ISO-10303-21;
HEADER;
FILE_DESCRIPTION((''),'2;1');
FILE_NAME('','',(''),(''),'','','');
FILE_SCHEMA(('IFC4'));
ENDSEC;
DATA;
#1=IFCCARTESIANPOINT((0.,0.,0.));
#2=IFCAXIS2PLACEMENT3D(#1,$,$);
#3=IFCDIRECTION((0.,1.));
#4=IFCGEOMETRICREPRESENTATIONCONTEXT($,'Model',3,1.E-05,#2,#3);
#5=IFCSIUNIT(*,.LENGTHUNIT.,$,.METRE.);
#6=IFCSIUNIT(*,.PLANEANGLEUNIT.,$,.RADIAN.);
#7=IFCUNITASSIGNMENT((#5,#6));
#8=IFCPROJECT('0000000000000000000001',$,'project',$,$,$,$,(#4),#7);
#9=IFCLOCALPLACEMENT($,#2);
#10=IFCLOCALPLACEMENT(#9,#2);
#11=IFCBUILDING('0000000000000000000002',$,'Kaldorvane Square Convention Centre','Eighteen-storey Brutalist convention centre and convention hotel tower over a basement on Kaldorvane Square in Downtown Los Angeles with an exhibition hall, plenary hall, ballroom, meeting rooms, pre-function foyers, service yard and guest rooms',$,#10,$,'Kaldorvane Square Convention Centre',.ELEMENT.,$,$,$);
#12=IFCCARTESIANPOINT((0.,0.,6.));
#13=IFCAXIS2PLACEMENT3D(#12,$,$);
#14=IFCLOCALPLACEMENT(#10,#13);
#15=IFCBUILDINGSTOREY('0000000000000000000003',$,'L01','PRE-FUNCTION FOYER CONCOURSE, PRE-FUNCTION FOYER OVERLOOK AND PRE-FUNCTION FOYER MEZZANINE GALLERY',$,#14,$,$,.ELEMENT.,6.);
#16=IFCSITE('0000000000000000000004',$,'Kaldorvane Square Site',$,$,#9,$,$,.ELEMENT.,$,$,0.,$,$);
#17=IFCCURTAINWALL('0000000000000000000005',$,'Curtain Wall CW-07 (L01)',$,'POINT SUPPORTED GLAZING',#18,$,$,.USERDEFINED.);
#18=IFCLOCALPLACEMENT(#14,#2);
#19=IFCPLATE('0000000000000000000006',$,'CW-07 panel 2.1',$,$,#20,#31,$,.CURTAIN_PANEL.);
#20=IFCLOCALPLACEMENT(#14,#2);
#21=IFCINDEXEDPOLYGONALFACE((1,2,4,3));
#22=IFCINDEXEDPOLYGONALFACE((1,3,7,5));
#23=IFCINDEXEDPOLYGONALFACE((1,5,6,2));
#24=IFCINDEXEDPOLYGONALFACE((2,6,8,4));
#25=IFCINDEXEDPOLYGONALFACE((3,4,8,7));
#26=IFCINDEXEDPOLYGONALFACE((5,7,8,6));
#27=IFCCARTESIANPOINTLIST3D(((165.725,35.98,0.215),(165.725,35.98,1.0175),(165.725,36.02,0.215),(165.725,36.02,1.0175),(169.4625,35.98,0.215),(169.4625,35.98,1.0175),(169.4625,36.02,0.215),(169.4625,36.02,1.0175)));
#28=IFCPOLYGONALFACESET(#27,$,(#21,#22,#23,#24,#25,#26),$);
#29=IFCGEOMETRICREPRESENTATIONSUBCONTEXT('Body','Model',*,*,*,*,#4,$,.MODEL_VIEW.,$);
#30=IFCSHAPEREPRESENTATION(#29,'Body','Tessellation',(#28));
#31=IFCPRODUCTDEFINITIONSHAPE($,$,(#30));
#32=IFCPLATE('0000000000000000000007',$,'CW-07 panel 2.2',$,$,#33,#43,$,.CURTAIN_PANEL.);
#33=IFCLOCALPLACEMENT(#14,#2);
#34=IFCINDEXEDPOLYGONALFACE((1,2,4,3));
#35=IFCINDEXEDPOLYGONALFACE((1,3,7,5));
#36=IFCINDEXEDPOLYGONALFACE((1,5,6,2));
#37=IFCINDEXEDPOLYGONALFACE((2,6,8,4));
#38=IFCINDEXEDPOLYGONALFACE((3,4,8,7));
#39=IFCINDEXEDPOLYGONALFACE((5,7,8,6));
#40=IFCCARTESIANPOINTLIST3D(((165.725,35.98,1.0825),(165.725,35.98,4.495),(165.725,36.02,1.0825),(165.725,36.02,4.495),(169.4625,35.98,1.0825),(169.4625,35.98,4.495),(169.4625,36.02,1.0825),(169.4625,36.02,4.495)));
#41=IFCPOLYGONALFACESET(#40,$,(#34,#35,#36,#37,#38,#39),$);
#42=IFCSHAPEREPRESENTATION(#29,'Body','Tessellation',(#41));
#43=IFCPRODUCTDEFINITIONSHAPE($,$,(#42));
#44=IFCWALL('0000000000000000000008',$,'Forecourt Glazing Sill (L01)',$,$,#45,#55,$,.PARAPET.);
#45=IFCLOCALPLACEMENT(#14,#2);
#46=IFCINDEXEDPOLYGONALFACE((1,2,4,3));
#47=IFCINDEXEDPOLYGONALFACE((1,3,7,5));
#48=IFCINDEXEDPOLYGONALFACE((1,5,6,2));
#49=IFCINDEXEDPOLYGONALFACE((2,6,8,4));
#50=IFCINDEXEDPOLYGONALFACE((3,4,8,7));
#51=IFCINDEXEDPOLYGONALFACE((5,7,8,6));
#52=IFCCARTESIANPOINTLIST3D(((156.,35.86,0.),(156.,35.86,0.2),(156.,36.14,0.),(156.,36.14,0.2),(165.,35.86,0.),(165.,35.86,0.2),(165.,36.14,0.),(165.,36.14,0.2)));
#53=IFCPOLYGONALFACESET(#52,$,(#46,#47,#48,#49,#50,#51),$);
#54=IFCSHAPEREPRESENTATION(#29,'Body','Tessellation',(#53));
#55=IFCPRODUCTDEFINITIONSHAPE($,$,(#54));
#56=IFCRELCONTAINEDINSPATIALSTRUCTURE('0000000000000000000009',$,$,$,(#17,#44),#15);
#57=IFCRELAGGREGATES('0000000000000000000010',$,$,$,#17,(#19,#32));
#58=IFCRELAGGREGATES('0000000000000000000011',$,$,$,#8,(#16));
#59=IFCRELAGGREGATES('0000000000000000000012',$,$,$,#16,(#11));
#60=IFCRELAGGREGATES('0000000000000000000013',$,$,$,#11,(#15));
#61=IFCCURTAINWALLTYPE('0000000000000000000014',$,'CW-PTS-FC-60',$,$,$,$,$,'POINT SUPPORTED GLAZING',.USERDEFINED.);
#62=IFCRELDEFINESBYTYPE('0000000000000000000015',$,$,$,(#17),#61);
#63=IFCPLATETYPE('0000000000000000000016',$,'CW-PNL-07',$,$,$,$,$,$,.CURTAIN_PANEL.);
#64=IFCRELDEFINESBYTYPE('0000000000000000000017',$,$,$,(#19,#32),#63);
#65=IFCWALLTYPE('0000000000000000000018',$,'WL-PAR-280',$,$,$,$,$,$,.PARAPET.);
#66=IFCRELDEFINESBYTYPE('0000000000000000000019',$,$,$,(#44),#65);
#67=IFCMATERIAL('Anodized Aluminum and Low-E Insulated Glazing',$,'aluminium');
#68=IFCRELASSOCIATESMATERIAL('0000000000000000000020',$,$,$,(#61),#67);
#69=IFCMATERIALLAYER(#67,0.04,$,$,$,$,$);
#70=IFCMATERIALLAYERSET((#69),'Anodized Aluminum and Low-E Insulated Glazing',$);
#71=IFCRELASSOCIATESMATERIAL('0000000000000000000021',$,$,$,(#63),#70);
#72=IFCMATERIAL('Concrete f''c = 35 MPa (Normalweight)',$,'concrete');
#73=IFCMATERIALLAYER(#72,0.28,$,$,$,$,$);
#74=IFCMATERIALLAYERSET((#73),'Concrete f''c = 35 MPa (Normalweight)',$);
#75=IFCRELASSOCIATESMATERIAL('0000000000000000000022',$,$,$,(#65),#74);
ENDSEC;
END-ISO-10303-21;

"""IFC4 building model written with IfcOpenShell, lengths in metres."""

from ifc_helpers import new_model, si_unit, direction, frame, frame_2d, origin, origin_2d, place, context, subcontext, project, spatial, rectangle, extrude, material, layer, layer_set, type_object, element, aggregate, save


model = new_model("IFC4")

# Units and contexts
model_context = context("Model", 3, precision=1e-05, world=origin(), true_north=direction((0.0, 1.0)))
body_context = subcontext(model_context, "Body", "Model", "MODEL_VIEW")
ifc_project = project(units=[si_unit("LENGTHUNIT", "METRE"), si_unit("PLANEANGLEUNIT", "RADIAN")], contexts=[model_context])

# Site, building, storey
site_placement = place(None, origin())
site = spatial("IfcSite", under=ifc_project, at=site_placement, Name="Kaldorvane Square Site", CompositionType="ELEMENT", RefElevation=0.0)
building_placement = place(site_placement, origin())
building = spatial("IfcBuilding", under=site, at=building_placement, Name="Kaldorvane Square Convention Centre", Description="Eighteen-storey Brutalist convention centre and convention hotel tower over a basement on Kaldorvane Square in Downtown Los Angeles with an exhibition hall, plenary hall, ballroom, meeting rooms, pre-function foyers, service yard and guest rooms", LongName="Kaldorvane Square Convention Centre", CompositionType="ELEMENT")
storey_placement = place(building_placement, frame((0.0, 0.0, 6.0)))
storey = spatial("IfcBuildingStorey", under=building, at=storey_placement, Name="L01", Description="PRE-FUNCTION FOYER CONCOURSE, PRE-FUNCTION FOYER OVERLOOK AND PRE-FUNCTION FOYER MEZZANINE GALLERY", CompositionType="ELEMENT", Elevation=6.0)

# Shared definitions
ifc_material_1 = material(Name="Anodized Aluminum and Low-E Insulated Glazing", Category="aluminium")
curtain_wall_type = type_object("IfcCurtainWallType", Name="CW-PTS-FC-60", ElementType="POINT SUPPORTED GLAZING", PredefinedType="USERDEFINED", material=ifc_material_1)

# Curtain wall
curtain_wall_1_placement = place(storey_placement, origin())
curtain_wall_1 = element("IfcCurtainWall", 1, at=curtain_wall_1_placement, inside=storey, type_object=curtain_wall_type, Name="Curtain Wall CW-07 (L01)", ObjectType="POINT SUPPORTED GLAZING", PredefinedType="USERDEFINED")

# Plates
ifc_layer_1 = layer(ifc_material_1, 0.04)
ifc_layer_set_1 = layer_set([ifc_layer_1], Name="Anodized Aluminum and Low-E Insulated Glazing")
plate_type = type_object("IfcPlateType", Name="CW-PNL-07", PredefinedType="CURTAIN_PANEL", material=ifc_layer_set_1)
plate_1_placement = place(storey_placement, frame((167.5938, 36.0, 0.215), z_axis=(0.0, 0.0, 1.0), x_axis=(-1.0, 0.0, 0.0)))
plate_1 = element("IfcPlate", 2, at=plate_1_placement, type_object=plate_type, Name="CW-07 panel 2.1", PredefinedType="CURTAIN_PANEL", context=body_context, shape_type="SweptSolid", body=[
    extrude(rectangle(XDim=3.7375, YDim=0.04, at=origin_2d()), origin(), (0.0, 0.0, 1.0), 0.8025),
])
plate_2_placement = place(storey_placement, frame((167.5938, 36.0, 1.0825), z_axis=(0.0, 0.0, 1.0), x_axis=(-1.0, 0.0, 0.0)))
plate_2 = element("IfcPlate", 3, at=plate_2_placement, type_object=plate_type, Name="CW-07 panel 2.2", PredefinedType="CURTAIN_PANEL", context=body_context, shape_type="SweptSolid", body=[
    extrude(rectangle(XDim=3.7375, YDim=0.04, at=origin_2d()), origin(), (0.0, 0.0, 1.0), 3.4125),
])
aggregate(curtain_wall_1, [plate_1, plate_2])

# Wall
ifc_material_2 = material(Name="Concrete f'c = 35 MPa (Normalweight)", Category="concrete")
ifc_layer_2 = layer(ifc_material_2, 0.28)
ifc_layer_set_2 = layer_set([ifc_layer_2], Name="Concrete f'c = 35 MPa (Normalweight)")
wall_type = type_object("IfcWallType", Name="WL-PAR-280", PredefinedType="PARAPET", material=ifc_layer_set_2)
wall_placement = place(storey_placement, frame((165.0, 36.0, 0.0), z_axis=(0.0, 0.0, 1.0), x_axis=(-1.0, 0.0, 0.0)))
element("IfcWall", 4, at=wall_placement, inside=storey, type_object=wall_type, Name="Forecourt Glazing Sill (L01)", PredefinedType="PARAPET", context=body_context, shape_type="SweptSolid", body=[
    extrude(rectangle(XDim=9.0, YDim=0.28, at=frame_2d((4.5, 0.0))), origin(), (0.0, 0.0, 1.0), 0.2),
])

save(model, "model.ifc")
